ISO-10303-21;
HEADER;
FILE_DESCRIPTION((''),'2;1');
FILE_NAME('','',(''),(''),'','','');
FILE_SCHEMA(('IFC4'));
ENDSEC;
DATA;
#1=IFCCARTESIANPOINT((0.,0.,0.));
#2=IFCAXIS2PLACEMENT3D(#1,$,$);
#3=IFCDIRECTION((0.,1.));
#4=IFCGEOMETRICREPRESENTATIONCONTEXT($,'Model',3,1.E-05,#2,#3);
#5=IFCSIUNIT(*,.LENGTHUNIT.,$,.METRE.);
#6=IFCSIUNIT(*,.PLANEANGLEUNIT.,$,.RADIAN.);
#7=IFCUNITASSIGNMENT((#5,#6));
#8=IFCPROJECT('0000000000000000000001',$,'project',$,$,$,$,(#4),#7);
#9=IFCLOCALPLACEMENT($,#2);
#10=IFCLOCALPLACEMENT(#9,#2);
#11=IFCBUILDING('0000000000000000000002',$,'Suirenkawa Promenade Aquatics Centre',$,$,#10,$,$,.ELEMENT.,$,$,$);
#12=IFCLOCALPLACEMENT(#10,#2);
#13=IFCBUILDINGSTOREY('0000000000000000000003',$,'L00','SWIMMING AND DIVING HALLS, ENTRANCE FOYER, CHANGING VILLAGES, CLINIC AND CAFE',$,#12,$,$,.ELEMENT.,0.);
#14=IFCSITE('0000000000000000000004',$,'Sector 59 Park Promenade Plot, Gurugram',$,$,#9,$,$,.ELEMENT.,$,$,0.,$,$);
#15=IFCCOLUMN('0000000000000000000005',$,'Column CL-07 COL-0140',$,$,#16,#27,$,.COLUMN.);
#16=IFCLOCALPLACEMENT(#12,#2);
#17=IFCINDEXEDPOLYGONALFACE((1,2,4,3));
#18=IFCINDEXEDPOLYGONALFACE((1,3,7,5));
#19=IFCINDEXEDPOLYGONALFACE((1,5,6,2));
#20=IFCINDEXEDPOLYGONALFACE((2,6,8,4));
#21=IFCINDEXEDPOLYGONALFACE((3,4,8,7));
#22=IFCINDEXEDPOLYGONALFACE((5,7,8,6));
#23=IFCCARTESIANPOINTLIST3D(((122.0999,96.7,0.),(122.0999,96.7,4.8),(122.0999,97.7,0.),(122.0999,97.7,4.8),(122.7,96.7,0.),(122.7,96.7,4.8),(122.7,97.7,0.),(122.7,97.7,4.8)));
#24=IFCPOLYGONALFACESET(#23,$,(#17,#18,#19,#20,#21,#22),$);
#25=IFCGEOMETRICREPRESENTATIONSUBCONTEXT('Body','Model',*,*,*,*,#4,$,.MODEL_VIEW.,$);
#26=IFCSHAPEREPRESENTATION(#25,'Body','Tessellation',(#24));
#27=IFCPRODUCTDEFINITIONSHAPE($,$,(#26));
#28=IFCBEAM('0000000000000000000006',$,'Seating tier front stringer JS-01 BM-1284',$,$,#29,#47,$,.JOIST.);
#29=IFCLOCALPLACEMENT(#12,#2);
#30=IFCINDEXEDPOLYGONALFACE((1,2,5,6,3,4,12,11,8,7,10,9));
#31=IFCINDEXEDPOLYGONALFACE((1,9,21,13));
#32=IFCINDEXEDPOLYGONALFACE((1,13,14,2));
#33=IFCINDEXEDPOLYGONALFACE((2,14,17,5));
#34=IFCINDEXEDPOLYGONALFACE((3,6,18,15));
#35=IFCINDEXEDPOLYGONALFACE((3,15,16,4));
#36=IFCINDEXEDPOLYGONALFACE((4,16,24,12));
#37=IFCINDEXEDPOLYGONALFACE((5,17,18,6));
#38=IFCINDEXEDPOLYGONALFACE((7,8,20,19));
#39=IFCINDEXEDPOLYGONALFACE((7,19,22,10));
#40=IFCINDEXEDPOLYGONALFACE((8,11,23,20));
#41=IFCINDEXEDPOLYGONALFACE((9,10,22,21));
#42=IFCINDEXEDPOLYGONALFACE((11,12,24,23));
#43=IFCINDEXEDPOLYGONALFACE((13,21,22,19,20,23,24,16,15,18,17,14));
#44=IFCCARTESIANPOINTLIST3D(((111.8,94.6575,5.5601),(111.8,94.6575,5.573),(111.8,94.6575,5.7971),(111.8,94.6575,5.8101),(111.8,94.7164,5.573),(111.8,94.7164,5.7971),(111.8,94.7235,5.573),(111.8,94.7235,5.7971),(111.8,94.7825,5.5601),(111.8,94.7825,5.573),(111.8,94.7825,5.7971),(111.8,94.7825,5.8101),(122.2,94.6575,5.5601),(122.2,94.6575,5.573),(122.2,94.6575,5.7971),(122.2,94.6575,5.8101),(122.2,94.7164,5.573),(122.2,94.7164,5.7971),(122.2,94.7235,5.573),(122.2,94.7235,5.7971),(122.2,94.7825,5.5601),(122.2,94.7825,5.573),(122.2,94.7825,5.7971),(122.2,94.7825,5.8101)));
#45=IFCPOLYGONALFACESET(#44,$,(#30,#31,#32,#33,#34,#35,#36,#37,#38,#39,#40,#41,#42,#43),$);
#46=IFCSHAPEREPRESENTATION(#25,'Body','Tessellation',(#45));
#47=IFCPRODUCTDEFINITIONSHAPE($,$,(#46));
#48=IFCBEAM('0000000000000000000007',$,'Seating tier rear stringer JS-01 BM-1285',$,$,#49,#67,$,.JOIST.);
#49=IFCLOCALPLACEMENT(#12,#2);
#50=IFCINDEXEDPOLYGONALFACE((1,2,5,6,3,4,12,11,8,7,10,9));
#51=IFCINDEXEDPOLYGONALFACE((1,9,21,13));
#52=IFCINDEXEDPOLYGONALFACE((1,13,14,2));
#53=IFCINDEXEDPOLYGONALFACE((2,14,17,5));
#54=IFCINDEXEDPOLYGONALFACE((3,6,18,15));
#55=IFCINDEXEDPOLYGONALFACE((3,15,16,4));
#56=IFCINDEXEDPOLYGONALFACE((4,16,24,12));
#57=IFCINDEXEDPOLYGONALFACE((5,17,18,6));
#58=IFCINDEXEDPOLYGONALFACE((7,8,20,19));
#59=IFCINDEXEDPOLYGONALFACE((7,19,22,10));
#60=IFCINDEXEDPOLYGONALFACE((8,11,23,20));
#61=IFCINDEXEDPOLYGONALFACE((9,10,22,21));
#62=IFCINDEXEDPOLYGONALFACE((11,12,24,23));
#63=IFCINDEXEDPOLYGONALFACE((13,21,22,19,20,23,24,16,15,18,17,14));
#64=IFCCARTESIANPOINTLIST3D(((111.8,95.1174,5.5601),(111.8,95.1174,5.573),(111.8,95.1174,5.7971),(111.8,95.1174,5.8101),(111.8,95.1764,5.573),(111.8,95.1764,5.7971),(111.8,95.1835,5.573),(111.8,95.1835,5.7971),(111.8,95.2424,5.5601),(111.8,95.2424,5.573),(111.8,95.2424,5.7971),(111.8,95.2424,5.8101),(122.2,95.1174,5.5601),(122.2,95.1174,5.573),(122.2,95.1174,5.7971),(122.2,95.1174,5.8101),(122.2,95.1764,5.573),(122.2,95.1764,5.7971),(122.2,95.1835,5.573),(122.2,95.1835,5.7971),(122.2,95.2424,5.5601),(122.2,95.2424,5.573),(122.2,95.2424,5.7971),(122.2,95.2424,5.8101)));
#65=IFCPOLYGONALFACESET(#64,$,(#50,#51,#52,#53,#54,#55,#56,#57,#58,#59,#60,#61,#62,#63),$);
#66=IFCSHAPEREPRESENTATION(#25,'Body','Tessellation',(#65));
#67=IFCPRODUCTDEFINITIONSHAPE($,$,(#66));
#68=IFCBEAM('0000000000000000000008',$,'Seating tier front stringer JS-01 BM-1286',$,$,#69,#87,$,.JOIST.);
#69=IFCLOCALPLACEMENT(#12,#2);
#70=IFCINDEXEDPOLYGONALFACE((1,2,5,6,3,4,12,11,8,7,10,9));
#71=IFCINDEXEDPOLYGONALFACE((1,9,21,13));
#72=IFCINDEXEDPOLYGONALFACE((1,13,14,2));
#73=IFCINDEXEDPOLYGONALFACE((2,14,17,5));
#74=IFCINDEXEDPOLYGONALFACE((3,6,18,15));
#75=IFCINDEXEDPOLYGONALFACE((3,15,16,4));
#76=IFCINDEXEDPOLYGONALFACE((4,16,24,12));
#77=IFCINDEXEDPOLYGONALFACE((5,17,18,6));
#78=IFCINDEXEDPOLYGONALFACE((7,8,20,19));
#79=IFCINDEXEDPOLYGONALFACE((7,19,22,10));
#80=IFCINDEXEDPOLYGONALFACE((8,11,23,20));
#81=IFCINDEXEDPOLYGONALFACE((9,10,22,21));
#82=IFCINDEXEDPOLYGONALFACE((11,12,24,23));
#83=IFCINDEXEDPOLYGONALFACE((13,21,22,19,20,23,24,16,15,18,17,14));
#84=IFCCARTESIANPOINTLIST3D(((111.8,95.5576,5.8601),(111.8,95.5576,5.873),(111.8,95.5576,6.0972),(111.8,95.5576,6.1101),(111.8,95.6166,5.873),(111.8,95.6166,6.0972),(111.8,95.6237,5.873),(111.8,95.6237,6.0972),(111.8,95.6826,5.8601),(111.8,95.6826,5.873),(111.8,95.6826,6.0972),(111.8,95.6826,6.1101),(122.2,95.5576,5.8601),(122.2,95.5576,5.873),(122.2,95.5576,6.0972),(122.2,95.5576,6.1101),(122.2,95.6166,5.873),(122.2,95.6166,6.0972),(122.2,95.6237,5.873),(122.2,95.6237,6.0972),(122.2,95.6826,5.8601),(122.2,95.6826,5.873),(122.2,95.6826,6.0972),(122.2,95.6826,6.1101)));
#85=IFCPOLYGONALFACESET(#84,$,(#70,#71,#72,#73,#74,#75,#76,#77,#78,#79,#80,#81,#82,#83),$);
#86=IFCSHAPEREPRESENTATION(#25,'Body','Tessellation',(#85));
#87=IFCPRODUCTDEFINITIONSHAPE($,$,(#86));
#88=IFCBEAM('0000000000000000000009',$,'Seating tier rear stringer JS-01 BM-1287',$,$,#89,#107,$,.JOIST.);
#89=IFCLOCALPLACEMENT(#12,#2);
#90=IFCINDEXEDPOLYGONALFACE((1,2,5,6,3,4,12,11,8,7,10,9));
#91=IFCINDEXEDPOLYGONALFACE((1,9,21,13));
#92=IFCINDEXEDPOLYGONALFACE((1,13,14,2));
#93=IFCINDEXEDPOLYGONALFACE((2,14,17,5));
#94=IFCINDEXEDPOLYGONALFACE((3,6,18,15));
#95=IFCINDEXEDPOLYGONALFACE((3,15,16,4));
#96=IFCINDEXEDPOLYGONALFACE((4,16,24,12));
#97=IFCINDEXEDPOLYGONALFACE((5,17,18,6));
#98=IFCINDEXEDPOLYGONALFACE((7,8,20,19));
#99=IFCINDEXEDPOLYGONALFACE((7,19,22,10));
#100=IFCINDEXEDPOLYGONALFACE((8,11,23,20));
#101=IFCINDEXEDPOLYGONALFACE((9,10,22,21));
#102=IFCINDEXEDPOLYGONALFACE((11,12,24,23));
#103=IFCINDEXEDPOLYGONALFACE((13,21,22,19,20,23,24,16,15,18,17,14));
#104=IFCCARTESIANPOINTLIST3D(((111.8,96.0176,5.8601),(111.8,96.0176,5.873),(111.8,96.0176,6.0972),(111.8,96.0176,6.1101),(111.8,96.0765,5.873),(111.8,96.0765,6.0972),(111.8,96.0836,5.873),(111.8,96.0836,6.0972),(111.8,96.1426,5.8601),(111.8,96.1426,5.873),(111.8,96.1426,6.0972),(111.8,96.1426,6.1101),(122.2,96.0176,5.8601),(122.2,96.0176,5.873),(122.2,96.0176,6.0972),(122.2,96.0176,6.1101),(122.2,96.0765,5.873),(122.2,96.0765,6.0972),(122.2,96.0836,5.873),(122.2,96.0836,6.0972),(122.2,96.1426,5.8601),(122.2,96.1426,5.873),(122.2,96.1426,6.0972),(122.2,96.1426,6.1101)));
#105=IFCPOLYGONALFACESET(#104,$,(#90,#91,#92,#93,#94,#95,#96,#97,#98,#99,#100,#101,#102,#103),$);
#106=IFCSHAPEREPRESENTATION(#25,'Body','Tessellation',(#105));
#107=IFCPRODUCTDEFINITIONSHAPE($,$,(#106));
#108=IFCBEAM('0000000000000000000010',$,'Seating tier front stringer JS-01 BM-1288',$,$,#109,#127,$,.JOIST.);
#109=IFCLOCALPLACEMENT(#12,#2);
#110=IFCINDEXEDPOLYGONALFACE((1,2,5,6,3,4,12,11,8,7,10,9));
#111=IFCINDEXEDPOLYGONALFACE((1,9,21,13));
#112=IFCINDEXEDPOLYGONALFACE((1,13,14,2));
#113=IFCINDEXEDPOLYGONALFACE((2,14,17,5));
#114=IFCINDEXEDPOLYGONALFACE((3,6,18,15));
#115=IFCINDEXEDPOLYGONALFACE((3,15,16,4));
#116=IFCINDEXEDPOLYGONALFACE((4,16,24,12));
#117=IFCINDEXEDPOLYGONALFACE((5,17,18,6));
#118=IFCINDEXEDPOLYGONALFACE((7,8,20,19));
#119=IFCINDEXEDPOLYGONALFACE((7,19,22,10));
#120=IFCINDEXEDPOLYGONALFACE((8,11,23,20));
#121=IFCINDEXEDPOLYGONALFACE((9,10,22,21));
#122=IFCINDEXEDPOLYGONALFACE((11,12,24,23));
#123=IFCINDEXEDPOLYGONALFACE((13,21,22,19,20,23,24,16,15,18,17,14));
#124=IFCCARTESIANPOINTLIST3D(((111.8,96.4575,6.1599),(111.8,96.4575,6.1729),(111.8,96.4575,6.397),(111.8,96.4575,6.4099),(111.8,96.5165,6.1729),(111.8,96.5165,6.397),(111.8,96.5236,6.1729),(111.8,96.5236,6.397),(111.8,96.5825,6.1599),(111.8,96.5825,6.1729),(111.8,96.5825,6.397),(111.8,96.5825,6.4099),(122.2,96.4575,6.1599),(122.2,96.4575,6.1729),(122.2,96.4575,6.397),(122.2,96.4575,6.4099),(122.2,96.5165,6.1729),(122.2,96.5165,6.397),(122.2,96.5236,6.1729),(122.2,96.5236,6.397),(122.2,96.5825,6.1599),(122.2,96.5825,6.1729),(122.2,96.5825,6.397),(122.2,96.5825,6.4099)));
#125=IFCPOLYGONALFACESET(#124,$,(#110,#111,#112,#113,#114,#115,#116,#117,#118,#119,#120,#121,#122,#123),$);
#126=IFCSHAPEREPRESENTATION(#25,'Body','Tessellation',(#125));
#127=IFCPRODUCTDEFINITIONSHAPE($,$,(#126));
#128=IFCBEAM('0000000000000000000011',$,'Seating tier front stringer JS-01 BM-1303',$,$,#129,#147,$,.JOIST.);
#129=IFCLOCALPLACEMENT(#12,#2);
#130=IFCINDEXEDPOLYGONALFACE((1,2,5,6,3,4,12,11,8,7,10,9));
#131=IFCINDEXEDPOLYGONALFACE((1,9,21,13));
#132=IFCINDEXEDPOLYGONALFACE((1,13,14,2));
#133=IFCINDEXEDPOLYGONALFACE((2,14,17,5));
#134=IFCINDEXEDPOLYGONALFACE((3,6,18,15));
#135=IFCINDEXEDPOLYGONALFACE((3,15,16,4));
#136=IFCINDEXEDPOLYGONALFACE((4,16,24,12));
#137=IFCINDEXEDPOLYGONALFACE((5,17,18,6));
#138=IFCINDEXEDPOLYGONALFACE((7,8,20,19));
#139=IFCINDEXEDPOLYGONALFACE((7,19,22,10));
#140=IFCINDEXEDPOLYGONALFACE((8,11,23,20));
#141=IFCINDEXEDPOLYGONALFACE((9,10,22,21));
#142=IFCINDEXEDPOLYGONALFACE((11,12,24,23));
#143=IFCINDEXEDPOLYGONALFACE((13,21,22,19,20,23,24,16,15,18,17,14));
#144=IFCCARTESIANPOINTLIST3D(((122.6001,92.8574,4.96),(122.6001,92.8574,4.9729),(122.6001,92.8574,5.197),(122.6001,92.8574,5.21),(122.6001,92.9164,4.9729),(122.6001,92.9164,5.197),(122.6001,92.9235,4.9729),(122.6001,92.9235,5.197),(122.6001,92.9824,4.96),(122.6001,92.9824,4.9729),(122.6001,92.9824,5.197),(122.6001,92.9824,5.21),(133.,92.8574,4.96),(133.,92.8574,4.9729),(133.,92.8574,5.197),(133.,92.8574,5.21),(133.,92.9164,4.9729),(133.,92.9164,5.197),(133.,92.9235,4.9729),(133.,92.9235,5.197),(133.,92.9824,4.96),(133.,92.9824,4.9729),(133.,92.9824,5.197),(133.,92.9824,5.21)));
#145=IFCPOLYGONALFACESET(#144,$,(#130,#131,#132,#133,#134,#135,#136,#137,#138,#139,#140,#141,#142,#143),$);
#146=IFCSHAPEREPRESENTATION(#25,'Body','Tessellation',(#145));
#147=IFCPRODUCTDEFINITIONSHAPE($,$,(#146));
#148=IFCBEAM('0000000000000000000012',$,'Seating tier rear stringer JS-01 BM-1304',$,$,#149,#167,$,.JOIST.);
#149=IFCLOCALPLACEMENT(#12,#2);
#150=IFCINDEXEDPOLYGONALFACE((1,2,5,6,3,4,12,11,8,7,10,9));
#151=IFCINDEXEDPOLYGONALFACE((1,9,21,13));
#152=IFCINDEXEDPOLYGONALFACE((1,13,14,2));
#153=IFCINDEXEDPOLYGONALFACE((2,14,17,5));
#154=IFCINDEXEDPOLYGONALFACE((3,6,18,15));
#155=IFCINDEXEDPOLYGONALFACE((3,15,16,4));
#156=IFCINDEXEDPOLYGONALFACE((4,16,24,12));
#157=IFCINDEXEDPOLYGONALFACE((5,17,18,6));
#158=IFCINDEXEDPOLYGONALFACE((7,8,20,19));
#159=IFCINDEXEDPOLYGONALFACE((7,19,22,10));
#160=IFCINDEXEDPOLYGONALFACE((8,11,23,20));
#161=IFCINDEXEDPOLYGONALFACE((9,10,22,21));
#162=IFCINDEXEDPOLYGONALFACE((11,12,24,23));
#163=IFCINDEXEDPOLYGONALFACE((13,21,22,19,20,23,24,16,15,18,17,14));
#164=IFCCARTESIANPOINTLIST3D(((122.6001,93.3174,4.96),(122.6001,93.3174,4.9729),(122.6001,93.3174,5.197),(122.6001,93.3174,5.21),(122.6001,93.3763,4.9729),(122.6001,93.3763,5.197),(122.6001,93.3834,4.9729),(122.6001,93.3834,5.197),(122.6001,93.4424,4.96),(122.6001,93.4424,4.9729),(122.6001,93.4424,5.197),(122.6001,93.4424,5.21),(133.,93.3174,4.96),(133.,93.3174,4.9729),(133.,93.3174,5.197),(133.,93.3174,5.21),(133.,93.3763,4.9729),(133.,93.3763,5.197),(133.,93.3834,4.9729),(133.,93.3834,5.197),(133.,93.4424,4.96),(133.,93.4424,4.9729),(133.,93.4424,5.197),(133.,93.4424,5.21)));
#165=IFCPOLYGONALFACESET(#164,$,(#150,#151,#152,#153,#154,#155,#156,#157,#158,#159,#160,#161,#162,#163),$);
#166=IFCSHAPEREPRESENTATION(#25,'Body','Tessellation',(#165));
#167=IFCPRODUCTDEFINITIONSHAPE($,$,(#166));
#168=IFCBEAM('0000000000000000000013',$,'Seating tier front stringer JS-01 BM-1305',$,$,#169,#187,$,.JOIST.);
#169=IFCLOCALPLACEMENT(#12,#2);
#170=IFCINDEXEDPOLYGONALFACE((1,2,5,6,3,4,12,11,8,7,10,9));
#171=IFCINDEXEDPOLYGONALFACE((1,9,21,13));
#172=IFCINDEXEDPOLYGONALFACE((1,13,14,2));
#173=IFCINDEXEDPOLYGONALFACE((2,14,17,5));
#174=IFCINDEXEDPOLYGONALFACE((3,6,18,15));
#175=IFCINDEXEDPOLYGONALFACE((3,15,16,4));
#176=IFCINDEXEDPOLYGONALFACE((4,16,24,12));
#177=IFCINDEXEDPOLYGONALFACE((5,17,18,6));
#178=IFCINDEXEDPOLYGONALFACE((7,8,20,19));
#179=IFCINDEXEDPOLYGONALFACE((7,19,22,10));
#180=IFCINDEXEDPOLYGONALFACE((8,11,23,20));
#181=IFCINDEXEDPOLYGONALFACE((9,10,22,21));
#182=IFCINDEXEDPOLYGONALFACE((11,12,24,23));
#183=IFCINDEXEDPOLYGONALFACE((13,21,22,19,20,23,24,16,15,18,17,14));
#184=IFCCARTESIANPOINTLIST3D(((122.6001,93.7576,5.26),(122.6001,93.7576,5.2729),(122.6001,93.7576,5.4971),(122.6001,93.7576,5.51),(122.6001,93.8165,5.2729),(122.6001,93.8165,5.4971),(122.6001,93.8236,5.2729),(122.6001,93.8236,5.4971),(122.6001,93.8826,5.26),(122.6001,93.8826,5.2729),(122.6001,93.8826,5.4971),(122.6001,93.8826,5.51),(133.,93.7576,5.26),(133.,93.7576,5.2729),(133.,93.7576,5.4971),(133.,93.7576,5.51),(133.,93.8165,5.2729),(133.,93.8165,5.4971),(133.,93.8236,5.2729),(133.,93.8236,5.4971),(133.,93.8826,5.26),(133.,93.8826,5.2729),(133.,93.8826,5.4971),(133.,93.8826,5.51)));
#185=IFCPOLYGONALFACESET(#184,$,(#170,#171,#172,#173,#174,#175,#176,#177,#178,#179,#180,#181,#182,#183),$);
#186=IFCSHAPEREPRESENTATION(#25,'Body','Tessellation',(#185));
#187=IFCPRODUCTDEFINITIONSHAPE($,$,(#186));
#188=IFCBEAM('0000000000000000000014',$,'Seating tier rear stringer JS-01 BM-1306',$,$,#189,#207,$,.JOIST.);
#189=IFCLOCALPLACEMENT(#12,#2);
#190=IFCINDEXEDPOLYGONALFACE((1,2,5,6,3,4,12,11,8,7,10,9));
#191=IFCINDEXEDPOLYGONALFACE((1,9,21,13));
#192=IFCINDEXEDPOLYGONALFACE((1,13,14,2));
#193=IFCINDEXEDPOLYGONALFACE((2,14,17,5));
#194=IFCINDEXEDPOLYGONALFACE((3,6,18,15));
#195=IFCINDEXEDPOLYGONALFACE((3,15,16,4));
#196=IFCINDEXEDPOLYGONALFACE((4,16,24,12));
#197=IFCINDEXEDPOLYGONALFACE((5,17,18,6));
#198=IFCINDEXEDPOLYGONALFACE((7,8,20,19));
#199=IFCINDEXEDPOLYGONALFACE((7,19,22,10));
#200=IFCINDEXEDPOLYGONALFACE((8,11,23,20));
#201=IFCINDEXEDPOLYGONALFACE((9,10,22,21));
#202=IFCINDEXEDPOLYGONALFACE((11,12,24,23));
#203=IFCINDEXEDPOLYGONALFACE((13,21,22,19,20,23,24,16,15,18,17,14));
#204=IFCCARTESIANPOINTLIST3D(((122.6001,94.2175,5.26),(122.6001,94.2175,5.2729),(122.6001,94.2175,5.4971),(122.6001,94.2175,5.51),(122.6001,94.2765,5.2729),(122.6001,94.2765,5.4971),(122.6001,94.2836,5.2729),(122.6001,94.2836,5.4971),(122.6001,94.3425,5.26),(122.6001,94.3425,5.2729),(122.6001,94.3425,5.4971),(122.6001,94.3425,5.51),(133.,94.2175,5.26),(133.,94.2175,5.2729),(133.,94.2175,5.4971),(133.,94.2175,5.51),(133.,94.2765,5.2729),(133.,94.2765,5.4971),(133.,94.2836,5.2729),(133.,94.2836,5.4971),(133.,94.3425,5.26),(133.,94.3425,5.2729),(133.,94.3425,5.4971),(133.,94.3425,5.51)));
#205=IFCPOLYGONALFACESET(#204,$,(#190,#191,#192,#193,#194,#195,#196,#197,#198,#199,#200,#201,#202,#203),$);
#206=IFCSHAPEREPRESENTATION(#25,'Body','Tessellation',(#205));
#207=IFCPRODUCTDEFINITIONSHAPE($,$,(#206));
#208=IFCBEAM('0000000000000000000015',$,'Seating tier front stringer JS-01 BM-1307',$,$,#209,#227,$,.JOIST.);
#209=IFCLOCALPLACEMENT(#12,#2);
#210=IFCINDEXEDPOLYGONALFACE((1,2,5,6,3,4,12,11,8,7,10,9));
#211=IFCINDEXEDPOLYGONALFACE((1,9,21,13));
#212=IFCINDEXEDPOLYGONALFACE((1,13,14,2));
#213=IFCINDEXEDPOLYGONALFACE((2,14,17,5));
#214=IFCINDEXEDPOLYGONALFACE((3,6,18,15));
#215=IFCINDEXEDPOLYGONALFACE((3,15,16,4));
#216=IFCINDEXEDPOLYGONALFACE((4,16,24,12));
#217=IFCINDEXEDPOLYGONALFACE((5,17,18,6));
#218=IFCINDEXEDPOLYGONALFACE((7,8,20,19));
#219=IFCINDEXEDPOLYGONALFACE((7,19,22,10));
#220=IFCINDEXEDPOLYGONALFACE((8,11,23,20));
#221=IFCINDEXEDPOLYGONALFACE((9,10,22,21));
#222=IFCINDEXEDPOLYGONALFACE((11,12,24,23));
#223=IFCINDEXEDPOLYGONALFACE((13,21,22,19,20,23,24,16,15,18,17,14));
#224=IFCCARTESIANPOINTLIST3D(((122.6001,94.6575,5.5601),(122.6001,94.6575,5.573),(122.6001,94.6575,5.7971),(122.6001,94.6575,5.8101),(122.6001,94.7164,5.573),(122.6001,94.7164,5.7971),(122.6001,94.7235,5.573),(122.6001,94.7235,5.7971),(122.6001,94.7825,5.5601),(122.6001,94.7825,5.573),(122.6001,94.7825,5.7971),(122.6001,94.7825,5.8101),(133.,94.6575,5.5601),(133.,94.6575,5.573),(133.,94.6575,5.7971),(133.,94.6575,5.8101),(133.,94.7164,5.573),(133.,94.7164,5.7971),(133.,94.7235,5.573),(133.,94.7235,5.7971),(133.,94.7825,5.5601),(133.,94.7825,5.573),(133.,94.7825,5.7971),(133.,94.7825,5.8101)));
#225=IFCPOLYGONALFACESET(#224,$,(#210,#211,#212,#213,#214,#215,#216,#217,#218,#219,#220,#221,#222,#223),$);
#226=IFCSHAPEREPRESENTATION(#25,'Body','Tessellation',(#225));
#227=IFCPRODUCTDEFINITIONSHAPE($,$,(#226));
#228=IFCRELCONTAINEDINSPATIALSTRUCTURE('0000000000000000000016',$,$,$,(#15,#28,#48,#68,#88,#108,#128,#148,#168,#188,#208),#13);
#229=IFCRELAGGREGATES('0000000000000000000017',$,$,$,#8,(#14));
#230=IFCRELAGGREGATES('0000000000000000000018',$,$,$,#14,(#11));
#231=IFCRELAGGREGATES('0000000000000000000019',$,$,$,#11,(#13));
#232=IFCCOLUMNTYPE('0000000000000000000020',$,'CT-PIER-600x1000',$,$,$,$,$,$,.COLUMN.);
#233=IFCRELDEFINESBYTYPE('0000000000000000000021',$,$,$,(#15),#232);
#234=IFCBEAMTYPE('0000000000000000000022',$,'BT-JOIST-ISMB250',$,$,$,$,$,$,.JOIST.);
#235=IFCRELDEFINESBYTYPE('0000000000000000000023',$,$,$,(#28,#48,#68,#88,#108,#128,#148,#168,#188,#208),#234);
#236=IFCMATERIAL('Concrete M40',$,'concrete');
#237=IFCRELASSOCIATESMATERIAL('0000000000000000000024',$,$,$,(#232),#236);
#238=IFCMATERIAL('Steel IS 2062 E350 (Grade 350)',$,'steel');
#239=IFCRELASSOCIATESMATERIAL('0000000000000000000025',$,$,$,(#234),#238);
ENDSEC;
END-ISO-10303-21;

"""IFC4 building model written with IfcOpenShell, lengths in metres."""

from ifc_helpers import new_model, si_unit, direction, frame, origin, origin_2d, place, context, subcontext, project, spatial, rectangle, i_section, extrude, material, material_profile, profile_set, type_object, element, save


model = new_model("IFC4")

# Units and contexts
model_context = context("Model", 3, precision=1e-05, world=origin(), true_north=direction((0.0, 1.0)))
body_context = subcontext(model_context, "Body", "Model", "MODEL_VIEW")
ifc_project = project(units=[si_unit("LENGTHUNIT", "METRE"), si_unit("PLANEANGLEUNIT", "RADIAN")], contexts=[model_context])

# Site, building, storey
site_placement = place(None, origin())
site = spatial("IfcSite", under=ifc_project, at=site_placement, Name="Sector 59 Park Promenade Plot, Gurugram", CompositionType="ELEMENT", RefElevation=0.0)
building_placement = place(site_placement, origin())
building = spatial("IfcBuilding", under=site, at=building_placement, Name="Suirenkawa Promenade Aquatics Centre", CompositionType="ELEMENT")
storey_placement = place(building_placement, origin())
storey = spatial("IfcBuildingStorey", under=building, at=storey_placement, Name="L00", Description="SWIMMING AND DIVING HALLS, ENTRANCE FOYER, CHANGING VILLAGES, CLINIC AND CAFE", CompositionType="ELEMENT", Elevation=0.0)

# Column
ifc_material_1 = material(Name="Concrete M40", Category="concrete")
ifc_material_profile_1 = material_profile(ifc_material_1, rectangle(XDim=0.6001, YDim=1.0, at=origin_2d()), Name="RC PIER 600x1000", Category="concrete")
ifc_profile_set_1 = profile_set([ifc_material_profile_1], Name="Concrete M40")
column_type = type_object("IfcColumnType", Name="CT-PIER-600x1000", PredefinedType="COLUMN", material=ifc_profile_set_1)
column_placement = place(storey_placement, frame((122.3999, 97.2, 0.0), z_axis=(0.0, 0.0, 1.0), x_axis=(1.0, 0.0, 0.0)))
element("IfcColumn", 1, at=column_placement, inside=storey, type_object=column_type, Name="Column CL-07 COL-0140", PredefinedType="COLUMN", context=body_context, shape_type="SweptSolid", body=[
    extrude(rectangle(XDim=0.6001, YDim=1.0, at=origin_2d()), origin(), (0.0, 0.0, 1.0), 4.8),
])

# Beams
ifc_material_2 = material(Name="Steel IS 2062 E350 (Grade 350)", Category="steel")
ifc_material_profile_2 = material_profile(ifc_material_2, i_section(OverallWidth=0.125, OverallDepth=0.25, WebThickness=0.0071, FlangeThickness=0.0129, at=origin_2d()), Name="ISMB 250", Category="steel")
ifc_profile_set_2 = profile_set([ifc_material_profile_2], Name="Steel IS 2062 E350 (Grade 350)")
beam_type_1 = type_object("IfcBeamType", Name="BT-JOIST-ISMB250", PredefinedType="JOIST", material=ifc_profile_set_2)
for number, where, z_axis, x_axis, name in (
    (2, (111.8, 94.72, 5.6851), (1.0, 0.0, 0.0), (0.0, 1.0, 0.0), "Seating tier front stringer JS-01 BM-1284"),
    (3, (111.8, 95.1799, 5.6851), (1.0, 0.0, 0.0), (0.0, 1.0, 0.0), "Seating tier rear stringer JS-01 BM-1285"),
    (4, (111.8, 95.6201, 5.9851), (1.0, 0.0, 0.0), (0.0, 1.0, 0.0), "Seating tier front stringer JS-01 BM-1286"),
    (5, (111.8, 96.0801, 5.9851), (1.0, 0.0, 0.0), (0.0, 1.0, 0.0), "Seating tier rear stringer JS-01 BM-1287"),
    (6, (111.8, 96.52, 6.2849), (1.0, 0.0, 0.0), (0.0, 1.0, 0.0), "Seating tier front stringer JS-01 BM-1288"),
    (7, (122.6001, 92.9199, 5.085), (1.0, 0.0, 0.0), (0.0, 1.0, 0.0), "Seating tier front stringer JS-01 BM-1303"),
    (8, (122.6001, 93.3799, 5.085), (1.0, 0.0, 0.0), (0.0, 1.0, 0.0), "Seating tier rear stringer JS-01 BM-1304"),
    (9, (122.6001, 93.8201, 5.385), (1.0, 0.0, 0.0), (0.0, 1.0, 0.0), "Seating tier front stringer JS-01 BM-1305"),
    (10, (122.6001, 94.28, 5.385), (1.0, 0.0, 0.0), (0.0, 1.0, 0.0), "Seating tier rear stringer JS-01 BM-1306"),
    (11, (122.6001, 94.72, 5.6851), (1.0, 0.0, 0.0), (0.0, 1.0, 0.0), "Seating tier front stringer JS-01 BM-1307"),
):
    element("IfcBeam", number, at=place(storey_placement, frame(where, z_axis=z_axis, x_axis=x_axis)), inside=storey, type_object=beam_type_1, Name=name, PredefinedType="JOIST", context=body_context, shape_type="SweptSolid", body=[
        extrude(i_section(OverallWidth=0.125, OverallDepth=0.25, WebThickness=0.0071, FlangeThickness=0.0129, at=origin_2d()), origin(), (0.0, 0.0, 1.0), 10.3999),
    ])

save(model, "model.ifc")
